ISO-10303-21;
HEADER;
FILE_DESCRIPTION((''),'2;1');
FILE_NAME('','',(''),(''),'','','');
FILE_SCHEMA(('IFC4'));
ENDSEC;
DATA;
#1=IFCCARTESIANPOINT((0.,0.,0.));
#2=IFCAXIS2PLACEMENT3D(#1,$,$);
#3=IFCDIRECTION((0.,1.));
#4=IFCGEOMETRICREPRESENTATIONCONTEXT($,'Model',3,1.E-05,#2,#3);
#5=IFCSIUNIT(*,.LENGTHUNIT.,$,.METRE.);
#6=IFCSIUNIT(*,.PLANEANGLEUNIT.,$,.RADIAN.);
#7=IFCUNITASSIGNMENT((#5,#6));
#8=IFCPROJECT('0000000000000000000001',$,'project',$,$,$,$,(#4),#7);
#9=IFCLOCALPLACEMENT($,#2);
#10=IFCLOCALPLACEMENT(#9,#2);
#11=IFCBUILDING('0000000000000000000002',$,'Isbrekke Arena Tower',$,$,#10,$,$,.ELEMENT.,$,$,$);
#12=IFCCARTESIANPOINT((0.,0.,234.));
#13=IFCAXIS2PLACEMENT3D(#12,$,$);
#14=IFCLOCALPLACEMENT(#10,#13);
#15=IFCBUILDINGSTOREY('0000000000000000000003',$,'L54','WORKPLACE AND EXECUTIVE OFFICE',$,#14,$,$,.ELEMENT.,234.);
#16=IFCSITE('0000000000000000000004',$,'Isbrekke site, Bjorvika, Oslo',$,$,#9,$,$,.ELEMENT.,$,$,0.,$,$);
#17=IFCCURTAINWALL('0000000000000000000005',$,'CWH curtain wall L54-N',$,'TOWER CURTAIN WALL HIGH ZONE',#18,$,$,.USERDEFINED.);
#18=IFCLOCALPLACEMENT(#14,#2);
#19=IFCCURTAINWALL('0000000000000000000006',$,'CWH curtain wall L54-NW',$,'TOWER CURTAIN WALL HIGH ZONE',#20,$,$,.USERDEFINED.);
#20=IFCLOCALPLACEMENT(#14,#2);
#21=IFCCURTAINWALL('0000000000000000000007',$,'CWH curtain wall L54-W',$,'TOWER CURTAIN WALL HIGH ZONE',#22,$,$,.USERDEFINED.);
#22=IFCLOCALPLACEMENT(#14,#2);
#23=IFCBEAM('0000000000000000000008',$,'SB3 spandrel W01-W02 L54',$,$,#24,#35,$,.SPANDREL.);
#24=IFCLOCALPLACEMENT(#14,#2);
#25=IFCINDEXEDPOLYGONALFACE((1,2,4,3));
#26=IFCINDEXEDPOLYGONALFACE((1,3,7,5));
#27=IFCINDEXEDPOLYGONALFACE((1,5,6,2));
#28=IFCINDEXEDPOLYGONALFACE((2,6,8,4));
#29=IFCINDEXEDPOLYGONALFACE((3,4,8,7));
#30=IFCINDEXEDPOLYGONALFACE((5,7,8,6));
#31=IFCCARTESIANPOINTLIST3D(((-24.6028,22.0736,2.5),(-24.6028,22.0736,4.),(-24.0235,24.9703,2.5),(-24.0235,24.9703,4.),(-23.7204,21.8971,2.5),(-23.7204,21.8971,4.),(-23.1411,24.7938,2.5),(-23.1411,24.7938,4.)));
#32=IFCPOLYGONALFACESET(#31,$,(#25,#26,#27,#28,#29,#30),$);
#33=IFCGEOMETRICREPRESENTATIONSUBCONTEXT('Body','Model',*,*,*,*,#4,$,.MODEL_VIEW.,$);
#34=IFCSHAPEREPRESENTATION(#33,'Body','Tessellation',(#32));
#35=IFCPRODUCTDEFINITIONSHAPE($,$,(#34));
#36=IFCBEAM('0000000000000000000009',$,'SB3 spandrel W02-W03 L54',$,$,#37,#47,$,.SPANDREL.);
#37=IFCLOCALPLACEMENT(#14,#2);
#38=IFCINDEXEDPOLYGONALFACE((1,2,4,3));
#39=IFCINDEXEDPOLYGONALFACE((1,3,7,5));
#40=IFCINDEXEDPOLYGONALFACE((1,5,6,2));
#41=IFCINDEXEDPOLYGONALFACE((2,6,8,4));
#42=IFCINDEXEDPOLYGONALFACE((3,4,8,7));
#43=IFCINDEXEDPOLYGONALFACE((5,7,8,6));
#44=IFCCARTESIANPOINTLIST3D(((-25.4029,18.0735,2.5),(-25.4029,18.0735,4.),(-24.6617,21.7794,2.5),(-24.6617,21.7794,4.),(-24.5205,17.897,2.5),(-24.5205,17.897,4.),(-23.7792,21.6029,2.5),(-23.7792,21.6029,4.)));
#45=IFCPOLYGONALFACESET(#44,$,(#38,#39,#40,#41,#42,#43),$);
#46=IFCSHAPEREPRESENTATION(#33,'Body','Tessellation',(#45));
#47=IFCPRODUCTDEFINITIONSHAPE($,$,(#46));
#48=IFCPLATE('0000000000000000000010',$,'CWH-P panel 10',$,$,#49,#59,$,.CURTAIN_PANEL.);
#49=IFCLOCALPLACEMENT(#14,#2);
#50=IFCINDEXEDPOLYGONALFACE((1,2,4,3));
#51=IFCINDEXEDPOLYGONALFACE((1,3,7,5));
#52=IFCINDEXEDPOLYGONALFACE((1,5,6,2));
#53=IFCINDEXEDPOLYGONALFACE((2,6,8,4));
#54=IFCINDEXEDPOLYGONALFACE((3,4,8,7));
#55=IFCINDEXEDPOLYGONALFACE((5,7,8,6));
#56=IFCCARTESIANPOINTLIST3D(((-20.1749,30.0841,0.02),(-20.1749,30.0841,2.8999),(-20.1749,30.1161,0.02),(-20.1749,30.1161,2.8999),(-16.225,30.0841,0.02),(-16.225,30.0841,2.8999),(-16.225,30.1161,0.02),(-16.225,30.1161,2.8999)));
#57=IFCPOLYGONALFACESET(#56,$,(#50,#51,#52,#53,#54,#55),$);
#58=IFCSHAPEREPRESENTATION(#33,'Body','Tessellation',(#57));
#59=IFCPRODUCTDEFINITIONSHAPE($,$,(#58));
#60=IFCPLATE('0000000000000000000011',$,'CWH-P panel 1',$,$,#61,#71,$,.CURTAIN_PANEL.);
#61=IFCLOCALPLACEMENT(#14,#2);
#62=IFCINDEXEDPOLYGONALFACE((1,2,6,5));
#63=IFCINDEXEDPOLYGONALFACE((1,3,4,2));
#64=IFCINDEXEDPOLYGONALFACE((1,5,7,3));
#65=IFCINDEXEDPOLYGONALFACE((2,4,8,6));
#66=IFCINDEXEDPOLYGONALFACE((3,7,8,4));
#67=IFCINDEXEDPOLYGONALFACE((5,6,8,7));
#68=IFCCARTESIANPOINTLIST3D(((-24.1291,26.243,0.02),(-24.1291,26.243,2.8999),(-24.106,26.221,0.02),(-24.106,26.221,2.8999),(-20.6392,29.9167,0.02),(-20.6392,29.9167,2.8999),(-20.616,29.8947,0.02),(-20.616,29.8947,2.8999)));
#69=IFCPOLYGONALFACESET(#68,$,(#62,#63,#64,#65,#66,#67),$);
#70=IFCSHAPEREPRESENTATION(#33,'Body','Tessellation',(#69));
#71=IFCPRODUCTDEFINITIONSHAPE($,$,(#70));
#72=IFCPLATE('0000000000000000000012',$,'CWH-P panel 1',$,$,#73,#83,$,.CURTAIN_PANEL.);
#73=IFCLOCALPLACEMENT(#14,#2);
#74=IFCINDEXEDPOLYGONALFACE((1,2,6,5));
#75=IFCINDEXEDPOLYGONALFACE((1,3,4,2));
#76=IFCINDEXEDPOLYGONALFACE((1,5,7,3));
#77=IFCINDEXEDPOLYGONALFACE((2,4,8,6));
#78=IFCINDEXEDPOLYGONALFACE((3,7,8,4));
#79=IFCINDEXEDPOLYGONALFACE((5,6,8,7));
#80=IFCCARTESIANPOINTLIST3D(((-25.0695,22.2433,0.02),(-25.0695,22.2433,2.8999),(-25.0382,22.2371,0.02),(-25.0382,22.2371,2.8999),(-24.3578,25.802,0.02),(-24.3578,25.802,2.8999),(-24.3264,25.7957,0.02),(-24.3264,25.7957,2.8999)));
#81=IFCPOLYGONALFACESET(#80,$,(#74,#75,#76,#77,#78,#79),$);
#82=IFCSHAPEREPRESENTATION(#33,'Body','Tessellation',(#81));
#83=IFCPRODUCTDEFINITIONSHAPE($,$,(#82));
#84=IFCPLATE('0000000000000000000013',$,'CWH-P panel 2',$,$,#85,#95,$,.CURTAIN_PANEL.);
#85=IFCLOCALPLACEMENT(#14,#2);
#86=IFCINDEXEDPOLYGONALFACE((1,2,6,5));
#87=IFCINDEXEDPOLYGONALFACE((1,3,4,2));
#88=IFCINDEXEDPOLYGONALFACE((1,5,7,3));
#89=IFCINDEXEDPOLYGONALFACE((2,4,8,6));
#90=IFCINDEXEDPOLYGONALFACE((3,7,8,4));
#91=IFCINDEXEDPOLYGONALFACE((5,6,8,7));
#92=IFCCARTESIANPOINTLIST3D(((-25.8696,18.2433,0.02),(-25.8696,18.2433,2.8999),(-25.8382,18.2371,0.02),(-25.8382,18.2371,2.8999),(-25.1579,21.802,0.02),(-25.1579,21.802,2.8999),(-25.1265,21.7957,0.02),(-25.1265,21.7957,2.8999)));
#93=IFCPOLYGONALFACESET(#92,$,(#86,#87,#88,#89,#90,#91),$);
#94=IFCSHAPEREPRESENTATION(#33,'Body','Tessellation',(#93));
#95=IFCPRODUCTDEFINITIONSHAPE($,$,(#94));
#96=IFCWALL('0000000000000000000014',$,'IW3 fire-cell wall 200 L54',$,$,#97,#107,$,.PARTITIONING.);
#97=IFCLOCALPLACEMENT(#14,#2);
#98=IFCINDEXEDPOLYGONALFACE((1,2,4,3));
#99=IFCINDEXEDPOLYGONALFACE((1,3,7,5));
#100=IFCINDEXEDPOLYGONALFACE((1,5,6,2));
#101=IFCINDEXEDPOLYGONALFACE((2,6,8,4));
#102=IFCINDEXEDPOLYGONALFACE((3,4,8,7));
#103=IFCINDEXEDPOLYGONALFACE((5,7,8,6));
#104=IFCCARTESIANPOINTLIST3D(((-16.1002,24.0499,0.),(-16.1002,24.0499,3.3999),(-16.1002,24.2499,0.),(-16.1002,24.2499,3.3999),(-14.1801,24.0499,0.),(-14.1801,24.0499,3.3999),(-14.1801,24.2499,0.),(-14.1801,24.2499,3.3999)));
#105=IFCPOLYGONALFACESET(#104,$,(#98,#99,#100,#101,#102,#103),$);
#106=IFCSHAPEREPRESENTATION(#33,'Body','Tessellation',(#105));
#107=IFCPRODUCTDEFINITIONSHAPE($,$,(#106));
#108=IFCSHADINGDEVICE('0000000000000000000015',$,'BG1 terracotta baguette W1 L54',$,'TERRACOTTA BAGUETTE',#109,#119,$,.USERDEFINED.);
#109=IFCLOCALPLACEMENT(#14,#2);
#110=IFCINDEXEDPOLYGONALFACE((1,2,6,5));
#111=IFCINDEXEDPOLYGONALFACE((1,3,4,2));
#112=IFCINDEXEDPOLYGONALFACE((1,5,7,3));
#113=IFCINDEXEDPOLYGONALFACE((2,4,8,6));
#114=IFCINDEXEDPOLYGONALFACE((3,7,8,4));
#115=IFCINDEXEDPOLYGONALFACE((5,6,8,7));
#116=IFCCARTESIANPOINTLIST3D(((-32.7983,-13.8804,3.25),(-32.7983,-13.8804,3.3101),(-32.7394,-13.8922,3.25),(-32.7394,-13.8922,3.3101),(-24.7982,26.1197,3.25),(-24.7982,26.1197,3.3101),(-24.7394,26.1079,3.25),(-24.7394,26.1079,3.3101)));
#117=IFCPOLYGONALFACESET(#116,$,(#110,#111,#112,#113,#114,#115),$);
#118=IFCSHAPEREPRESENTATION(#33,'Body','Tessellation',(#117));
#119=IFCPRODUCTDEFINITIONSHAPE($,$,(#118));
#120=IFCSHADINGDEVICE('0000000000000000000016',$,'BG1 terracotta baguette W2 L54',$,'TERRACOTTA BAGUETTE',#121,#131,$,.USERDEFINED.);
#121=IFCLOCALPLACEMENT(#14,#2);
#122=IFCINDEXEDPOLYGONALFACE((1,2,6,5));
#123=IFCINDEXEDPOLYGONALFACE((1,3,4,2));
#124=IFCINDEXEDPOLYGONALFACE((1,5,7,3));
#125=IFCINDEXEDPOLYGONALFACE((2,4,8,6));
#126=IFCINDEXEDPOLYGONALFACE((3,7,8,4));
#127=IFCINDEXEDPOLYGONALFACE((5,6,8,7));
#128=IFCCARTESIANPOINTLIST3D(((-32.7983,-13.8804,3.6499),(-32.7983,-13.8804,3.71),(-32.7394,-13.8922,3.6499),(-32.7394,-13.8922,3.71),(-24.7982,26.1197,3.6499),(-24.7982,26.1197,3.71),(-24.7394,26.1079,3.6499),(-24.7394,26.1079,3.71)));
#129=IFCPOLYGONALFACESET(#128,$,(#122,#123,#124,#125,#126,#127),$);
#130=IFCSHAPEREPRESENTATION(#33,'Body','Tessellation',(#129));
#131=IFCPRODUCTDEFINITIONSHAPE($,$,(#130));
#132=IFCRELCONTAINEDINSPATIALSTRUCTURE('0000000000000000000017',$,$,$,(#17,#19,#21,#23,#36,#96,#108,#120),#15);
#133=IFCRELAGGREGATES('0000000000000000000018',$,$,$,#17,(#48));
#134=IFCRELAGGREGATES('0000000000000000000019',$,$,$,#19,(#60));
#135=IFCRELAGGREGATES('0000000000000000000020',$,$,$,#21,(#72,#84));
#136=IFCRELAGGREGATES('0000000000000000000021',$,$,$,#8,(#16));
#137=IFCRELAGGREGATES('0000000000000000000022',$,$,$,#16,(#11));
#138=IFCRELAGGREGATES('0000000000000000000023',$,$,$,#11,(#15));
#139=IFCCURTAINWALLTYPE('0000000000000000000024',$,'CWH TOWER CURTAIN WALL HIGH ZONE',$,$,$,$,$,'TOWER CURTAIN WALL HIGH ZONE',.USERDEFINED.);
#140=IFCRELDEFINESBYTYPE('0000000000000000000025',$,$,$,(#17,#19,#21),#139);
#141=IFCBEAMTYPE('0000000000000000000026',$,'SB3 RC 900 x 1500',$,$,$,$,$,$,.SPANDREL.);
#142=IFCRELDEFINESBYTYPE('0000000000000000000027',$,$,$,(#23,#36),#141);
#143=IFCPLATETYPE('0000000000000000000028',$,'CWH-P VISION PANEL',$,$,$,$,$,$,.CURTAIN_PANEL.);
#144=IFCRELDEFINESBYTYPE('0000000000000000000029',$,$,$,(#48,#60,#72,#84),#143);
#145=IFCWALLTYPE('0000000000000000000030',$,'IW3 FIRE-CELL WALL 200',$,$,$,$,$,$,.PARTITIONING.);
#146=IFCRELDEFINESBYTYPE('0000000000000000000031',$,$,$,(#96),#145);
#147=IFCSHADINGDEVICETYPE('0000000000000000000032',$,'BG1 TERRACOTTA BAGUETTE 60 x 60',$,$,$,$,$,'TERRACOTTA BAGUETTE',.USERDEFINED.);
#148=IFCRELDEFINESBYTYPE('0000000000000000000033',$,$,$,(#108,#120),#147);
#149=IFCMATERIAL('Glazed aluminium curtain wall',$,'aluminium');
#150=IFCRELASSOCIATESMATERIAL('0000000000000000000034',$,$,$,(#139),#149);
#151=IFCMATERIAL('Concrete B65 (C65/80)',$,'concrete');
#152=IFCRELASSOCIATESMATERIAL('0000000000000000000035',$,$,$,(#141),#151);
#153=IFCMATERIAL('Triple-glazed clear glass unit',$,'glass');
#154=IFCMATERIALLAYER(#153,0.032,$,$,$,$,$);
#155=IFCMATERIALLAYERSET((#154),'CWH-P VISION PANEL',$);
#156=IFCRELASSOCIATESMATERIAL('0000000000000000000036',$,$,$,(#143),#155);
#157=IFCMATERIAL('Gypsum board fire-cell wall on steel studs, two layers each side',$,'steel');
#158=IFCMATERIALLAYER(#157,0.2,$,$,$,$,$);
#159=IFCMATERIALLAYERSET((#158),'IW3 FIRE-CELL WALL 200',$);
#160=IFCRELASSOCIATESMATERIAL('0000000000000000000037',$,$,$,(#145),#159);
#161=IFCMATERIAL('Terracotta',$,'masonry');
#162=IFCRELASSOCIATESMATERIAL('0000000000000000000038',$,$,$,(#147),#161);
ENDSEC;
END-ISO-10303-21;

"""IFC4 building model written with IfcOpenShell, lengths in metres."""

from ifc_helpers import new_model, si_unit, direction, frame, frame_2d, origin, origin_2d, place, context, subcontext, project, spatial, rectangle, extrude, material, layer, layer_set, material_profile, profile_set, type_object, element, aggregate, save


model = new_model("IFC4")

# Units and contexts
model_context = context("Model", 3, precision=1e-05, world=origin(), true_north=direction((0.0, 1.0)))
body_context = subcontext(model_context, "Body", "Model", "MODEL_VIEW")
ifc_project = project(units=[si_unit("LENGTHUNIT", "METRE"), si_unit("PLANEANGLEUNIT", "RADIAN")], contexts=[model_context])

# Site, building, storey
site_placement = place(None, origin())
site = spatial("IfcSite", under=ifc_project, at=site_placement, Name="Isbrekke site, Bjorvika, Oslo", CompositionType="ELEMENT", RefElevation=0.0)
building_placement = place(site_placement, origin())
building = spatial("IfcBuilding", under=site, at=building_placement, Name="Isbrekke Arena Tower", CompositionType="ELEMENT")
storey_placement = place(building_placement, frame((0.0, 0.0, 234.0)))
storey = spatial("IfcBuildingStorey", under=building, at=storey_placement, Name="L54", Description="WORKPLACE AND EXECUTIVE OFFICE", CompositionType="ELEMENT", Elevation=234.0)

# Curtain walls
ifc_material_1 = material(Name="Glazed aluminium curtain wall", Category="aluminium")
curtain_wall_type = type_object("IfcCurtainWallType", Name="CWH TOWER CURTAIN WALL HIGH ZONE", ElementType="TOWER CURTAIN WALL HIGH ZONE", PredefinedType="USERDEFINED", material=ifc_material_1)
curtain_wall_1_placement = place(storey_placement, origin())
curtain_wall_1 = element("IfcCurtainWall", 1, at=curtain_wall_1_placement, inside=storey, type_object=curtain_wall_type, Name="CWH curtain wall L54-N", ObjectType="TOWER CURTAIN WALL HIGH ZONE", PredefinedType="USERDEFINED")
curtain_wall_2_placement = place(storey_placement, origin())
curtain_wall_2 = element("IfcCurtainWall", 2, at=curtain_wall_2_placement, inside=storey, type_object=curtain_wall_type, Name="CWH curtain wall L54-NW", ObjectType="TOWER CURTAIN WALL HIGH ZONE", PredefinedType="USERDEFINED")

# Curtain wall
curtain_wall_3_placement = place(storey_placement, origin())
curtain_wall_3 = element("IfcCurtainWall", 3, at=curtain_wall_3_placement, inside=storey, type_object=curtain_wall_type, Name="CWH curtain wall L54-W", ObjectType="TOWER CURTAIN WALL HIGH ZONE", PredefinedType="USERDEFINED")

# Beams
ifc_material_2 = material(Name="Concrete B65 (C65/80)", Category="concrete")
ifc_material_profile_1 = material_profile(ifc_material_2, rectangle(XDim=0.8999, YDim=1.5, at=origin_2d()), Name="RC 900x1500")
ifc_profile_set_1 = profile_set([ifc_material_profile_1], Name="Concrete B65 (C65/80)")
beam_type_1 = type_object("IfcBeamType", Name="SB3 RC 900 x 1500", PredefinedType="SPANDREL", material=ifc_profile_set_1)
beam_1_placement = place(storey_placement, frame((-23.5823, 24.8821, 3.25), z_axis=(-0.196116, -0.980581, 0.0), x_axis=(0.980581, -0.196116, 0.0)))
element("IfcBeam", 4, at=beam_1_placement, inside=storey, type_object=beam_type_1, Name="SB3 spandrel W01-W02 L54", PredefinedType="SPANDREL", context=body_context, shape_type="SweptSolid", body=[
    extrude(rectangle(XDim=0.8999, YDim=1.5, at=origin_2d()), origin(), (0.0, 0.0, 1.0), 2.9541),
])
beam_2_placement = place(storey_placement, frame((-24.2205, 21.6912, 3.25), z_axis=(-0.196129, -0.980578, 0.0), x_axis=(0.980578, -0.196129, 0.0)))
element("IfcBeam", 5, at=beam_2_placement, inside=storey, type_object=beam_type_1, Name="SB3 spandrel W02-W03 L54", PredefinedType="SPANDREL", context=body_context, shape_type="SweptSolid", body=[
    extrude(rectangle(XDim=0.8999, YDim=1.5, at=origin_2d()), origin(), (0.0, 0.0, 1.0), 3.7793),
])

# Plates
ifc_material_3 = material(Name="Triple-glazed clear glass unit", Category="glass")
ifc_layer_1 = layer(ifc_material_3, 0.032)
ifc_layer_set_1 = layer_set([ifc_layer_1], Name="CWH-P VISION PANEL")
plate_type = type_object("IfcPlateType", Name="CWH-P VISION PANEL", PredefinedType="CURTAIN_PANEL", material=ifc_layer_set_1)
plate_1_placement = place(storey_placement, frame((-18.2, 30.1001, 0.02), z_axis=(0.0, 0.0, 1.0), x_axis=(-1.0, 0.0, 0.0)))
plate_1 = element("IfcPlate", 6, at=plate_1_placement, type_object=plate_type, Name="CWH-P panel 10", PredefinedType="CURTAIN_PANEL", context=body_context, shape_type="SweptSolid", body=[
    extrude(rectangle(XDim=3.95, YDim=0.032, at=origin_2d()), origin(), (0.0, 0.0, 1.0), 2.8799),
])
aggregate(curtain_wall_1, [plate_1])
plate_2_placement = place(storey_placement, frame((-22.3726, 28.0688, 0.02), z_axis=(0.0, 0.0, 1.0), x_axis=(-0.688749, -0.724999, 0.0)))
plate_2 = element("IfcPlate", 7, at=plate_2_placement, type_object=plate_type, Name="CWH-P panel 1", PredefinedType="CURTAIN_PANEL", context=body_context, shape_type="SweptSolid", body=[
    extrude(rectangle(XDim=5.0671, YDim=0.032, at=origin_2d()), origin(), (0.0, 0.0, 1.0), 2.8799),
])
aggregate(curtain_wall_2, [plate_2])
plate_3_placement = place(storey_placement, frame((-24.698, 24.0195, 0.02), z_axis=(0.0, 0.0, 1.0), x_axis=(-0.196116, -0.980581, 0.0)))
plate_3 = element("IfcPlate", 8, at=plate_3_placement, type_object=plate_type, Name="CWH-P panel 1", PredefinedType="CURTAIN_PANEL", context=body_context, shape_type="SweptSolid", body=[
    extrude(rectangle(XDim=3.6292, YDim=0.032, at=origin_2d()), origin(), (0.0, 0.0, 1.0), 2.8799),
])
plate_4_placement = place(storey_placement, frame((-25.498, 20.0195, 0.02), z_axis=(0.0, 0.0, 1.0), x_axis=(-0.196116, -0.980581, 0.0)))
plate_4 = element("IfcPlate", 9, at=plate_4_placement, type_object=plate_type, Name="CWH-P panel 2", PredefinedType="CURTAIN_PANEL", context=body_context, shape_type="SweptSolid", body=[
    extrude(rectangle(XDim=3.6292, YDim=0.032, at=origin_2d()), origin(), (0.0, 0.0, 1.0), 2.8799),
])
aggregate(curtain_wall_3, [plate_3, plate_4])

# Wall
ifc_material_4 = material(Name="Gypsum board fire-cell wall on steel studs, two layers each side", Category="steel")
ifc_layer_2 = layer(ifc_material_4, 0.2)
ifc_layer_set_2 = layer_set([ifc_layer_2], Name="IW3 FIRE-CELL WALL 200")
wall_type = type_object("IfcWallType", Name="IW3 FIRE-CELL WALL 200", PredefinedType="PARTITIONING", material=ifc_layer_set_2)
wall_placement = place(storey_placement, frame((-16.1001, 24.1499, 0.0), z_axis=(0.0, 0.0, 1.0), x_axis=(1.0, 0.0, 0.0)))
element("IfcWall", 10, at=wall_placement, inside=storey, type_object=wall_type, Name="IW3 fire-cell wall 200 L54", PredefinedType="PARTITIONING", context=body_context, shape_type="SweptSolid", body=[
    extrude(rectangle(XDim=1.9202, YDim=0.2, at=frame_2d((0.96, 0.0))), origin(), (0.0, 0.0, 1.0), 3.3999),
])

# Shading devices
ifc_material_5 = material(Name="Terracotta", Category="masonry")
ifc_material_profile_2 = material_profile(ifc_material_5, rectangle(XDim=0.0601, YDim=0.0601, at=origin_2d()), Name="BAGUETTE 60X60")
ifc_profile_set_2 = profile_set([ifc_material_profile_2], Name="Terracotta")
shading_device_type = type_object("IfcShadingDeviceType", Name="BG1 TERRACOTTA BAGUETTE 60 x 60", ElementType="TERRACOTTA BAGUETTE", PredefinedType="USERDEFINED", material=ifc_profile_set_2)
for number, where, z_axis, x_axis, name in (
    (11, (-24.7688, 26.1138, 3.28), (-0.196116, -0.980581, 0.0), (0.980581, -0.196116, 0.0), "BG1 terracotta baguette W1 L54"),
    (12, (-24.7688, 26.1138, 3.6799), (-0.196116, -0.980581, 0.0), (0.980581, -0.196116, 0.0), "BG1 terracotta baguette W2 L54"),
):
    element("IfcShadingDevice", number, at=place(storey_placement, frame(where, z_axis=z_axis, x_axis=x_axis)), inside=storey, type_object=shading_device_type, Name=name, ObjectType="TERRACOTTA BAGUETTE", PredefinedType="USERDEFINED", context=body_context, shape_type="SweptSolid", body=[
        extrude(rectangle(XDim=0.0601, YDim=0.0601, at=origin_2d()), origin(), (0.0, 0.0, 1.0), 40.7922),
    ])

save(model, "model.ifc")
